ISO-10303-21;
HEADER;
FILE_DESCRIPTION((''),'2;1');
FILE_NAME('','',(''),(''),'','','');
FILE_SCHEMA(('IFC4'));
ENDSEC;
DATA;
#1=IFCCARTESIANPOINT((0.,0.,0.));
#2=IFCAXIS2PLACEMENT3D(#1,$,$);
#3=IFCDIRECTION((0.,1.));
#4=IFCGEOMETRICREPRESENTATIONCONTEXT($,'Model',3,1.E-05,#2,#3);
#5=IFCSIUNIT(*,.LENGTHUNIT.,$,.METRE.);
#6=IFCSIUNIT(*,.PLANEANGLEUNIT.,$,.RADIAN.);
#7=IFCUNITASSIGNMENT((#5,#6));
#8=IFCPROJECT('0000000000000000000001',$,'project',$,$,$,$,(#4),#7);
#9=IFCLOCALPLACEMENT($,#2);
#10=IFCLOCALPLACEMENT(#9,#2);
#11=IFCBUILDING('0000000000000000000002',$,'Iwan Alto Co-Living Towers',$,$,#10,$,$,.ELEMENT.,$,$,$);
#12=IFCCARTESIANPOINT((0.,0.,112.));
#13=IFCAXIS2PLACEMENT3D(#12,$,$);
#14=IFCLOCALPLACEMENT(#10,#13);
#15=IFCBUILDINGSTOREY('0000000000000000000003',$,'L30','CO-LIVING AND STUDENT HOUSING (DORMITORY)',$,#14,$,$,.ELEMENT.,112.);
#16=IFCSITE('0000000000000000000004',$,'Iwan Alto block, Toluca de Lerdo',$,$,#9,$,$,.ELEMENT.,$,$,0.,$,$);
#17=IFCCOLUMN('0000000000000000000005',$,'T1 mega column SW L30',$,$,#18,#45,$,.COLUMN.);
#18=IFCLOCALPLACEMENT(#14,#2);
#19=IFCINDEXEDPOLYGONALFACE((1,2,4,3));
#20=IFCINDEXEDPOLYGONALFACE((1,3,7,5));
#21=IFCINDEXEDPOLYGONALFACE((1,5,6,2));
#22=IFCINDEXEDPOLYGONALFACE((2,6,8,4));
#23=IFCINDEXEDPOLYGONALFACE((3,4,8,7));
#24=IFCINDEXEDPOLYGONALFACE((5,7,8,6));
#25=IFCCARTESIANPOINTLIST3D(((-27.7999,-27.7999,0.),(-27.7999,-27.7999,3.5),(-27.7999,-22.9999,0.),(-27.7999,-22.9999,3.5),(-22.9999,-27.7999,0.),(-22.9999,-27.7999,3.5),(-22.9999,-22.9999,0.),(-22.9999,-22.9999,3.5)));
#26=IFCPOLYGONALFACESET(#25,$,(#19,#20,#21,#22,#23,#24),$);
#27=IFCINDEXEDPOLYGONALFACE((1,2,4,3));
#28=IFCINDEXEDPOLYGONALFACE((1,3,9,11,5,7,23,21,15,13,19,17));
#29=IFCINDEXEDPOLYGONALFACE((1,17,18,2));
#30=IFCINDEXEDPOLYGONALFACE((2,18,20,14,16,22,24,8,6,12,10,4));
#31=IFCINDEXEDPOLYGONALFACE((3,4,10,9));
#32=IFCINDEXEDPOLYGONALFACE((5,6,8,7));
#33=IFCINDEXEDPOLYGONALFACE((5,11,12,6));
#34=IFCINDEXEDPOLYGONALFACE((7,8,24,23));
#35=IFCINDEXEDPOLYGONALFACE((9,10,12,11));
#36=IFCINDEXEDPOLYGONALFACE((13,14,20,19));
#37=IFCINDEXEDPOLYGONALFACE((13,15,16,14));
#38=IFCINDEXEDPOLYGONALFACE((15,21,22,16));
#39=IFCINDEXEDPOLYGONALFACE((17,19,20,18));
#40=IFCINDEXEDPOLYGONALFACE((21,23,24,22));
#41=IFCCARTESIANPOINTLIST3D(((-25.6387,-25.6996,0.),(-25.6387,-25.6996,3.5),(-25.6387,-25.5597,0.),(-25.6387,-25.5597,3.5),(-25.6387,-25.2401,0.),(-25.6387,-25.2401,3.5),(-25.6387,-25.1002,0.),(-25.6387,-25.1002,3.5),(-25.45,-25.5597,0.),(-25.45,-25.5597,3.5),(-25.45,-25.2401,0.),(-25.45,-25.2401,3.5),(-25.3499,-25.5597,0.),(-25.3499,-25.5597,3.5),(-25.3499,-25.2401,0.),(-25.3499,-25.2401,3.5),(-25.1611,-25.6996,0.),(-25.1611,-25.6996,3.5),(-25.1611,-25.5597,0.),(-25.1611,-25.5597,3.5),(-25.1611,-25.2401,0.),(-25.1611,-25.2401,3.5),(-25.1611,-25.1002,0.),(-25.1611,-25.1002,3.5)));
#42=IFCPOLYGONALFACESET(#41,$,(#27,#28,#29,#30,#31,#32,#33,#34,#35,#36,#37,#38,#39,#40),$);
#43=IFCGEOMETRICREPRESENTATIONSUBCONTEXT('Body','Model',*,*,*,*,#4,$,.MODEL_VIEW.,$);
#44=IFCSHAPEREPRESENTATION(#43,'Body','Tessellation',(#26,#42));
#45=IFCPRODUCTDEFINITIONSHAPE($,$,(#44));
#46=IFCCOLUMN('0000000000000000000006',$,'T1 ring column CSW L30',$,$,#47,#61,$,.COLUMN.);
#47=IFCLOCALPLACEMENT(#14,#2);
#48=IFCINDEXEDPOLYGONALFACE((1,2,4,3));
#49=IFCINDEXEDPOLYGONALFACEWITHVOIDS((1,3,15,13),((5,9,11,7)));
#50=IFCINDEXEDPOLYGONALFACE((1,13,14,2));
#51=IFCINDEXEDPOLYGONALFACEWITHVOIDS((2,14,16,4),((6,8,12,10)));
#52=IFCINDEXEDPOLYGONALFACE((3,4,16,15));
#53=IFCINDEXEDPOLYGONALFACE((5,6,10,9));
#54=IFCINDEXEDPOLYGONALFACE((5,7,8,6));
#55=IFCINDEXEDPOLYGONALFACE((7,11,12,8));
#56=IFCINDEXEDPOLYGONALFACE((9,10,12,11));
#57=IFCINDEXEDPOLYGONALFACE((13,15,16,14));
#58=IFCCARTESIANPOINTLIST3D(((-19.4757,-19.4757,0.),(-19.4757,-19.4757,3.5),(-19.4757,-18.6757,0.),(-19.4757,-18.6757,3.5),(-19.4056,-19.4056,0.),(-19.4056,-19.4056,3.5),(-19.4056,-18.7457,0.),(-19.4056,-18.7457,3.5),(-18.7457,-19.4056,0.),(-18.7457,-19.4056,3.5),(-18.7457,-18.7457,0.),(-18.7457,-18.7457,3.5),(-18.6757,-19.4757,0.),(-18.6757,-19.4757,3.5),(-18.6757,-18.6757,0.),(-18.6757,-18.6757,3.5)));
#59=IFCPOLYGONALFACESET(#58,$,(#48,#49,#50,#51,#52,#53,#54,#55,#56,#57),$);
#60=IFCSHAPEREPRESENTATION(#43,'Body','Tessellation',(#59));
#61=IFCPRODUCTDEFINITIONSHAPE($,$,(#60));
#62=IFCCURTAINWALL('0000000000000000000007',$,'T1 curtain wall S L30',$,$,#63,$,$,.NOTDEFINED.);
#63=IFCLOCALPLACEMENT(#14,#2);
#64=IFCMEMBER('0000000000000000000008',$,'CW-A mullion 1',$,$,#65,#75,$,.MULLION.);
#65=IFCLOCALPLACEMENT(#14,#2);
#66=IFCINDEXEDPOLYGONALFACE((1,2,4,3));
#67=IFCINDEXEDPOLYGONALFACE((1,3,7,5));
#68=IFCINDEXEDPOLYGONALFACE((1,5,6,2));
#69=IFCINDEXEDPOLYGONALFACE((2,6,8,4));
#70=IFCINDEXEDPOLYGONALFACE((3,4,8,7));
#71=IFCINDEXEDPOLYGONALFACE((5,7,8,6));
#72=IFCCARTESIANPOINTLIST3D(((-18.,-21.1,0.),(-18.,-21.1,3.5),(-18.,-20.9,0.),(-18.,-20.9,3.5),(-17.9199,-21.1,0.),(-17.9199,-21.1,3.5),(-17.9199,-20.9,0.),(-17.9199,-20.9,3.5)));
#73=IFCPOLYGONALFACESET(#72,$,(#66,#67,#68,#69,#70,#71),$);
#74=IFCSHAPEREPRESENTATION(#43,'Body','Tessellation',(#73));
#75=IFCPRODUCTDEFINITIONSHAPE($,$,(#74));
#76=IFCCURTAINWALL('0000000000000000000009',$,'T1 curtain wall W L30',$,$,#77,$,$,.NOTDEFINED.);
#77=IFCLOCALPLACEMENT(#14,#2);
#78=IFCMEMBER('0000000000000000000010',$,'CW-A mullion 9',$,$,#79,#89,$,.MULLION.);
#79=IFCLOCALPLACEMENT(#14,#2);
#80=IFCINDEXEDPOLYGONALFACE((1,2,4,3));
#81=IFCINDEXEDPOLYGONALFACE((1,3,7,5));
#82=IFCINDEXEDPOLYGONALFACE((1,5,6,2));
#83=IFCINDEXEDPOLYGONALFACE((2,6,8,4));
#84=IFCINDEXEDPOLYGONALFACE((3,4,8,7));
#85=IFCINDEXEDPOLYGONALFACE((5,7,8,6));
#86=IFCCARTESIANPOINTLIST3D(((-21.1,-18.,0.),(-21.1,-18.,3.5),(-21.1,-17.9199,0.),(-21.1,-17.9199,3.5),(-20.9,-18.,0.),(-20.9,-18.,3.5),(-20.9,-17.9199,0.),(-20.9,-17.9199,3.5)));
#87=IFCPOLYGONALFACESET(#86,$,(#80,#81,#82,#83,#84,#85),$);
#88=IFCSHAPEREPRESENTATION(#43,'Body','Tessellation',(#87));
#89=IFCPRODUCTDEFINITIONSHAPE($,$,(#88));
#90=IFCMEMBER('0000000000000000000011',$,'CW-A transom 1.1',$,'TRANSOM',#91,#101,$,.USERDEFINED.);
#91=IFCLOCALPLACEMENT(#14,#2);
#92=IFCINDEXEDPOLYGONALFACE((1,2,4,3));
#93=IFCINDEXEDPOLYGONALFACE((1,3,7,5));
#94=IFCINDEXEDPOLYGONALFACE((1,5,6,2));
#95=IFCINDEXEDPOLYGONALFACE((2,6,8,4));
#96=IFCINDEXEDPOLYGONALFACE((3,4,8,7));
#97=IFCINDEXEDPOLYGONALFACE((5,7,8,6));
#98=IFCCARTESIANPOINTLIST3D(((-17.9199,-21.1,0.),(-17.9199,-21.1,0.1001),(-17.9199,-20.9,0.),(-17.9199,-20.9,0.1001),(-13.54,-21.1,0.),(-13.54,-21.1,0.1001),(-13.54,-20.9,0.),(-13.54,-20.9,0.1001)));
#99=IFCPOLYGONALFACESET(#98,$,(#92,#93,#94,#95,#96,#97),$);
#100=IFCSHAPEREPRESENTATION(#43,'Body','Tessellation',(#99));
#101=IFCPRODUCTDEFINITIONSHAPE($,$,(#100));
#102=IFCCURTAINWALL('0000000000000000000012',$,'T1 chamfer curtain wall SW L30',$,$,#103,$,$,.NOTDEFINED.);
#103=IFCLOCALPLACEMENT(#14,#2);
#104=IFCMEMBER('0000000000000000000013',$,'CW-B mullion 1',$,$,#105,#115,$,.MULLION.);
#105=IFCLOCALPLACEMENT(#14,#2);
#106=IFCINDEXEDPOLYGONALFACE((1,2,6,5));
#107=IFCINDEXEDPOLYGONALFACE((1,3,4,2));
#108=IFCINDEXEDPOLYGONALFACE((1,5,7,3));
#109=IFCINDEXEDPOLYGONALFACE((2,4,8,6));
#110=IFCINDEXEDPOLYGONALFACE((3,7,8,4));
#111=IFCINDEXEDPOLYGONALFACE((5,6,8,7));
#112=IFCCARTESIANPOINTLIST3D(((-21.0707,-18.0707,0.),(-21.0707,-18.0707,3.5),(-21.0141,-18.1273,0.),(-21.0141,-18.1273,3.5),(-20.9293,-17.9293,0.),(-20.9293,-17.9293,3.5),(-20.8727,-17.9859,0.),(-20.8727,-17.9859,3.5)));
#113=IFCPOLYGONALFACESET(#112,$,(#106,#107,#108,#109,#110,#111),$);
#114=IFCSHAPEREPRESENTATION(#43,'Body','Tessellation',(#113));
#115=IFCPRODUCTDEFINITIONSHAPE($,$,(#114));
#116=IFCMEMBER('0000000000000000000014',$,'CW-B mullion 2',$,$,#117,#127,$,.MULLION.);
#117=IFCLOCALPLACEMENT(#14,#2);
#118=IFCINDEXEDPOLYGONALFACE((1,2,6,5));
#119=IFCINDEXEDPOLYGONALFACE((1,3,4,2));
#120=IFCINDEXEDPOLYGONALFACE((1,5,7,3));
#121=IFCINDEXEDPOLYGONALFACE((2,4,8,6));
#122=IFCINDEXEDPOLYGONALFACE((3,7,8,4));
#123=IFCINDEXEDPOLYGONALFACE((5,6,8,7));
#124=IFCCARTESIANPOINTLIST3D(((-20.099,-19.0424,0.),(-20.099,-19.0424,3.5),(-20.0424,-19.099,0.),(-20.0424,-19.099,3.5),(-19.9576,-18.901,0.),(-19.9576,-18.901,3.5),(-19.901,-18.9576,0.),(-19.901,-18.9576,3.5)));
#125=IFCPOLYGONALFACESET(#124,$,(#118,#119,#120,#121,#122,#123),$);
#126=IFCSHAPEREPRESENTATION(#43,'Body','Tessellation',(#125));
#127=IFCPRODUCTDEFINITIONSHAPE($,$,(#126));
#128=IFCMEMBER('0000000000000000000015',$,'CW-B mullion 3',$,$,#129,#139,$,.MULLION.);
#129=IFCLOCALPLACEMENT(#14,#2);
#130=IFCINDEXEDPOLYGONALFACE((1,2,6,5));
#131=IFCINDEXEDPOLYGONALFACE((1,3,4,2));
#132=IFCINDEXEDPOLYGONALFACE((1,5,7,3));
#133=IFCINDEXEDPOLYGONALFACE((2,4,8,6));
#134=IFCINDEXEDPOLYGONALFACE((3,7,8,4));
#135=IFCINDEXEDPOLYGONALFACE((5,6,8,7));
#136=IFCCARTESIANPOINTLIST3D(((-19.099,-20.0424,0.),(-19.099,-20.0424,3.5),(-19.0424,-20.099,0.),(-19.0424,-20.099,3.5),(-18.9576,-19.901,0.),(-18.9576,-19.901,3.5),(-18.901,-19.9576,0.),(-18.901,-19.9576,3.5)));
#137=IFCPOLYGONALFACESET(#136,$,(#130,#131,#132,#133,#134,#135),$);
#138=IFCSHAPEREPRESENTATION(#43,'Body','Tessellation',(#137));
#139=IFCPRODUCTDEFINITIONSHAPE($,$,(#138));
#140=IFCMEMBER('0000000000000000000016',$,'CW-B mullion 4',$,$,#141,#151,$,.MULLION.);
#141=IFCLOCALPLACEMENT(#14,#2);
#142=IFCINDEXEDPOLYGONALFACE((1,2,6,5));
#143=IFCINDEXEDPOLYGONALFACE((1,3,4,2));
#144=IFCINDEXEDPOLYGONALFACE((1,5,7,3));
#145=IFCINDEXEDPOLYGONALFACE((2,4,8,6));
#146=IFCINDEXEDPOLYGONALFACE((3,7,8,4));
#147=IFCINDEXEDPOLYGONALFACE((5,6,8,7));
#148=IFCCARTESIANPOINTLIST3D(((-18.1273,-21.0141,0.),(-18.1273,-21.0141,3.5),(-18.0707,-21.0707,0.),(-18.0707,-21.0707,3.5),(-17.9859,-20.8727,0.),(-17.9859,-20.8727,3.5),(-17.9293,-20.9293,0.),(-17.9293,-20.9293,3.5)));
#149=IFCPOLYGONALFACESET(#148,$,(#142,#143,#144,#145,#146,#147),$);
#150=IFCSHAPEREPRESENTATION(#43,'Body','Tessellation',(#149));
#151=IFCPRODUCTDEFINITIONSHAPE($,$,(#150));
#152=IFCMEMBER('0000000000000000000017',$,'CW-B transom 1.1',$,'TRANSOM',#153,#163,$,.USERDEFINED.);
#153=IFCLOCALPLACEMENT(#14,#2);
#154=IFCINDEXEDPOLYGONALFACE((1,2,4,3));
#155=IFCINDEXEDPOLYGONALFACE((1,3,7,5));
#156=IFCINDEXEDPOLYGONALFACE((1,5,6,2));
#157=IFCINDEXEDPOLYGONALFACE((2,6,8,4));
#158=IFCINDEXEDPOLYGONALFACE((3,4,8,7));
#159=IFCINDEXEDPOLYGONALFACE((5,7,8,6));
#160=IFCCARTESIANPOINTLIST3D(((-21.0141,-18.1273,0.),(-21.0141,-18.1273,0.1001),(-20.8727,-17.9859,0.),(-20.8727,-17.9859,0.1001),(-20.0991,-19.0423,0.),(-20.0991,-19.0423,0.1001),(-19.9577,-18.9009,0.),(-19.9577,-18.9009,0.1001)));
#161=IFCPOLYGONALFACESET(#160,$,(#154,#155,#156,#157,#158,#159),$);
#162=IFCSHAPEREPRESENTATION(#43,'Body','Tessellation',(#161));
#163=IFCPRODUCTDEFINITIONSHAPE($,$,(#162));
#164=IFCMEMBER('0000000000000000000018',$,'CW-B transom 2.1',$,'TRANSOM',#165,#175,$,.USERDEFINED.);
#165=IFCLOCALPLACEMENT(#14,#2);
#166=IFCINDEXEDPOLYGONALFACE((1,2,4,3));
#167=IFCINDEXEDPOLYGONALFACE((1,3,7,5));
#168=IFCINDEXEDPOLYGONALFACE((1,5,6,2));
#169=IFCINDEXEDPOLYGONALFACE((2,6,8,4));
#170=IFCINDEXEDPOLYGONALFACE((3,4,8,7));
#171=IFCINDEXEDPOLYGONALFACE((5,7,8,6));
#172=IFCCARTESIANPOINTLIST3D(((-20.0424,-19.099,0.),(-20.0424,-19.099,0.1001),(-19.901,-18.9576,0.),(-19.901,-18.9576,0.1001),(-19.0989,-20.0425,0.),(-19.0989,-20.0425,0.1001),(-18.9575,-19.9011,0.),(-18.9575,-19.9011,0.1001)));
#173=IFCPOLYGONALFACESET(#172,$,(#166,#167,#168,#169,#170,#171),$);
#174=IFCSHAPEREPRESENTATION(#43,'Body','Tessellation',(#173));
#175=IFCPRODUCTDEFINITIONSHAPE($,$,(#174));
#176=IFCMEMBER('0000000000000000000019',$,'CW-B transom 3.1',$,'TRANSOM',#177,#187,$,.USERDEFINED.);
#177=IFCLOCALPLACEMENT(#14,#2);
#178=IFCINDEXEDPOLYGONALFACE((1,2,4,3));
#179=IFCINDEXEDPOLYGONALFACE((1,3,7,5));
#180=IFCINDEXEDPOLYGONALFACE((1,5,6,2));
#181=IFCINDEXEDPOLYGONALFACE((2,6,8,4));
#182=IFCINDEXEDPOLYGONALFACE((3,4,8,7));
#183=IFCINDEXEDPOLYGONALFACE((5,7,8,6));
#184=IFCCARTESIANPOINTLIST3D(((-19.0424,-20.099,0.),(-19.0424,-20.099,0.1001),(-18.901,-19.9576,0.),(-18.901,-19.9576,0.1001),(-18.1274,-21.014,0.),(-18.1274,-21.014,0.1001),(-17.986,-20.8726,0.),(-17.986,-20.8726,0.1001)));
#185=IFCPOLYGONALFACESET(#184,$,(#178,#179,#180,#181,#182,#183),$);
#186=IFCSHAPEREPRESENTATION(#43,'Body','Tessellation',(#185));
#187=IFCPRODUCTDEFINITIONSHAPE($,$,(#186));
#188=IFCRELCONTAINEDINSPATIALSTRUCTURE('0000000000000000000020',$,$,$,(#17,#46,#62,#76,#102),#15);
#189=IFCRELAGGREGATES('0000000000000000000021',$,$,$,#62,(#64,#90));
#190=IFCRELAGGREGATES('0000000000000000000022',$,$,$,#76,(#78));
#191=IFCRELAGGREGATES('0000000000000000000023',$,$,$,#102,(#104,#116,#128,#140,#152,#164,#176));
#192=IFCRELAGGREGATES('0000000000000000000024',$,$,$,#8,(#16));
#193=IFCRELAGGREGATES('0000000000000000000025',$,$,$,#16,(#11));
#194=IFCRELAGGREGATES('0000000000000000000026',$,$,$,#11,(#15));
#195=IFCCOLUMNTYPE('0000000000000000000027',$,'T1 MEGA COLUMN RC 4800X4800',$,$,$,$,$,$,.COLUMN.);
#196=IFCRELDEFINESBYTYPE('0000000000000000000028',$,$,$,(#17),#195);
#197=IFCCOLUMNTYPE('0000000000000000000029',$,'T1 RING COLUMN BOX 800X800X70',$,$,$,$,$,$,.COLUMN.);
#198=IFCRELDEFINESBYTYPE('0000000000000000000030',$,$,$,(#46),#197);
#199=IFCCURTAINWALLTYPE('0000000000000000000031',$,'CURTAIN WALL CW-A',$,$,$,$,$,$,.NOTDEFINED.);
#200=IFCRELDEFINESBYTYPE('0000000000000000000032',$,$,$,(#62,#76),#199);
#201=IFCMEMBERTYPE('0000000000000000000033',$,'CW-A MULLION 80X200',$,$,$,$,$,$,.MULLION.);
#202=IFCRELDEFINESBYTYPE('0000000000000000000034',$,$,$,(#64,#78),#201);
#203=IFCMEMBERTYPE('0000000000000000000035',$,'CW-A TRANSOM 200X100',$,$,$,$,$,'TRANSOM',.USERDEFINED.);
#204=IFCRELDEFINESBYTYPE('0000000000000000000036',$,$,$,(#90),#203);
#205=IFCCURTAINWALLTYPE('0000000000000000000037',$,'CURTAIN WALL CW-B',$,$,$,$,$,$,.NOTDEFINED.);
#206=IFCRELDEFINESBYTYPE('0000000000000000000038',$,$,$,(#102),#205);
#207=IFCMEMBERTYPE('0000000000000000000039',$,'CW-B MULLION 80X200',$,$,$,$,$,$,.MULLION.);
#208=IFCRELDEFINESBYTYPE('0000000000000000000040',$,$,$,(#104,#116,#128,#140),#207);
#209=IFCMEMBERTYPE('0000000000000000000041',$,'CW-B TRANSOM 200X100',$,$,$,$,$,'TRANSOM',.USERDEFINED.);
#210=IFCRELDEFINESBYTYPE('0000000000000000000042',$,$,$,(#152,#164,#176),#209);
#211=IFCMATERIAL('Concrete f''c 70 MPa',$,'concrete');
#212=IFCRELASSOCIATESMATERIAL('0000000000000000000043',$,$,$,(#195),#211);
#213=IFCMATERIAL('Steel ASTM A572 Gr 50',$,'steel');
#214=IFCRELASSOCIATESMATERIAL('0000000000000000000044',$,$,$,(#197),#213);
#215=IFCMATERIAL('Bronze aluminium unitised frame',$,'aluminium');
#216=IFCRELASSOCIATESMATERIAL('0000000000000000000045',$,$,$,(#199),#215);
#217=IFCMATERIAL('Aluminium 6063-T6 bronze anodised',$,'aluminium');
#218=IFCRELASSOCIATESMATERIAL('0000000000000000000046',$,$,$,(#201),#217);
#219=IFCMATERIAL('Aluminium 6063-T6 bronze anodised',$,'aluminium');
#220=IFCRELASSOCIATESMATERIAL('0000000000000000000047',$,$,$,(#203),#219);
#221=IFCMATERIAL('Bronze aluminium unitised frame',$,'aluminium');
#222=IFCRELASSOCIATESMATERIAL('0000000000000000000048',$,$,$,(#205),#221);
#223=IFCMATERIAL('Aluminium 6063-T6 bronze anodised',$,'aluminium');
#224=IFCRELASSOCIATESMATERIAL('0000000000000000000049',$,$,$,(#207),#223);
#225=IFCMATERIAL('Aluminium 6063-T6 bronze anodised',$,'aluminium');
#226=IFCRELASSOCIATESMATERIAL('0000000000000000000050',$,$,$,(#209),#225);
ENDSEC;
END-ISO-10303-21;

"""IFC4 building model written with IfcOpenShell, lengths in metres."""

from ifc_helpers import new_model, si_unit, direction, frame, origin, origin_2d, place, context, subcontext, project, spatial, rectangle, hollow_rectangle, i_section, extrude, material, material_profile, profile_set, type_object, element, aggregate, save


model = new_model("IFC4")

# Units and contexts
model_context = context("Model", 3, precision=1e-05, world=origin(), true_north=direction((0.0, 1.0)))
body_context = subcontext(model_context, "Body", "Model", "MODEL_VIEW")
ifc_project = project(units=[si_unit("LENGTHUNIT", "METRE"), si_unit("PLANEANGLEUNIT", "RADIAN")], contexts=[model_context])

# Site, building, storey
site_placement = place(None, origin())
site = spatial("IfcSite", under=ifc_project, at=site_placement, Name="Iwan Alto block, Toluca de Lerdo", CompositionType="ELEMENT", RefElevation=0.0)
building_placement = place(site_placement, origin())
building = spatial("IfcBuilding", under=site, at=building_placement, Name="Iwan Alto Co-Living Towers", CompositionType="ELEMENT")
storey_placement = place(building_placement, frame((0.0, 0.0, 112.0)))
storey = spatial("IfcBuildingStorey", under=building, at=storey_placement, Name="L30", Description="CO-LIVING AND STUDENT HOUSING (DORMITORY)", CompositionType="ELEMENT", Elevation=112.0)

# Columns
ifc_material_1 = material(Name="Concrete f'c 70 MPa", Category="concrete")
ifc_material_profile_1 = material_profile(ifc_material_1, rectangle(XDim=4.8, YDim=4.8, at=origin_2d()), Name="RC 4800X4800")
ifc_profile_set_1 = profile_set([ifc_material_profile_1], Name="Concrete f'c 70 MPa")
column_type_1 = type_object("IfcColumnType", Name="T1 MEGA COLUMN RC 4800X4800", PredefinedType="COLUMN", material=ifc_profile_set_1)
column_1_placement = place(storey_placement, frame((-25.3999, -25.3999, 0.0), z_axis=(0.0, 0.0, 1.0), x_axis=(1.0, 0.0, 0.0)))
element("IfcColumn", 1, at=column_1_placement, inside=storey, type_object=column_type_1, Name="T1 mega column SW L30", PredefinedType="COLUMN", context=body_context, shape_type="SweptSolid", body=[
    extrude(rectangle(XDim=4.8, YDim=4.8, at=origin_2d()), origin(), (0.0, 0.0, 1.0), 3.5),
    extrude(i_section(OverallWidth=0.4775, OverallDepth=0.5994, WebThickness=0.1001, FlangeThickness=0.1399, at=origin_2d()), origin(), (0.0, 0.0, 1.0), 3.5),
])
ifc_material_2 = material(Name="Steel ASTM A572 Gr 50", Category="steel")
ifc_material_profile_2 = material_profile(ifc_material_2, hollow_rectangle(XDim=0.8, YDim=0.8, WallThickness=0.0701, at=origin_2d()), Name="BOX 800X800X70")
ifc_profile_set_2 = profile_set([ifc_material_profile_2], Name="Steel ASTM A572 Gr 50")
column_type_2 = type_object("IfcColumnType", Name="T1 RING COLUMN BOX 800X800X70", PredefinedType="COLUMN", material=ifc_profile_set_2)
column_2_placement = place(storey_placement, frame((-19.0757, -19.0757, 0.0), z_axis=(0.0, 0.0, 1.0), x_axis=(1.0, 0.0, 0.0)))
element("IfcColumn", 2, at=column_2_placement, inside=storey, type_object=column_type_2, Name="T1 ring column CSW L30", PredefinedType="COLUMN", context=body_context, shape_type="SweptSolid", body=[
    extrude(hollow_rectangle(XDim=0.8, YDim=0.8, WallThickness=0.0701, at=origin_2d()), origin(), (0.0, 0.0, 1.0), 3.5),
])

# Curtain walls, members
ifc_material_3 = material(Name="Bronze aluminium unitised frame", Category="aluminium")
curtain_wall_type_1 = type_object("IfcCurtainWallType", Name="CURTAIN WALL CW-A", PredefinedType="NOTDEFINED", material=ifc_material_3)
curtain_wall_1_placement = place(storey_placement, origin())
curtain_wall_1 = element("IfcCurtainWall", 3, at=curtain_wall_1_placement, inside=storey, type_object=curtain_wall_type_1, Name="T1 curtain wall S L30", PredefinedType="NOTDEFINED")
ifc_material_4 = material(Name="Aluminium 6063-T6 bronze anodised", Category="aluminium")
ifc_material_profile_3 = material_profile(ifc_material_4, rectangle(XDim=0.2, YDim=0.0801, at=origin_2d()), Name="AL 80X200")
ifc_profile_set_3 = profile_set([ifc_material_profile_3], Name="Aluminium 6063-T6 bronze anodised")
member_type_1 = type_object("IfcMemberType", Name="CW-A MULLION 80X200", PredefinedType="MULLION", material=ifc_profile_set_3)
member_1_placement = place(storey_placement, frame((-17.96, -21.0, 0.0), z_axis=(0.0, 0.0, 1.0), x_axis=(0.0, 1.0, 0.0)))
member_1 = element("IfcMember", 4, at=member_1_placement, type_object=member_type_1, Name="CW-A mullion 1", PredefinedType="MULLION", context=body_context, shape_type="SweptSolid", body=[
    extrude(rectangle(XDim=0.2, YDim=0.0801, at=origin_2d()), origin(), (0.0, 0.0, 1.0), 3.5),
])
curtain_wall_2_placement = place(storey_placement, origin())
curtain_wall_2 = element("IfcCurtainWall", 5, at=curtain_wall_2_placement, inside=storey, type_object=curtain_wall_type_1, Name="T1 curtain wall W L30", PredefinedType="NOTDEFINED")
member_2_placement = place(storey_placement, frame((-21.0, -17.96, 0.0), z_axis=(0.0, 0.0, 1.0), x_axis=(1.0, 0.0, 0.0)))
member_2 = element("IfcMember", 6, at=member_2_placement, type_object=member_type_1, Name="CW-A mullion 9", PredefinedType="MULLION", context=body_context, shape_type="SweptSolid", body=[
    extrude(rectangle(XDim=0.2, YDim=0.0801, at=origin_2d()), origin(), (0.0, 0.0, 1.0), 3.5),
])

# Member
ifc_material_5 = material(Name="Aluminium 6063-T6 bronze anodised", Category="aluminium")
ifc_material_profile_4 = material_profile(ifc_material_5, rectangle(XDim=0.2, YDim=0.1001, at=origin_2d()), Name="AL 200X100")
ifc_profile_set_4 = profile_set([ifc_material_profile_4], Name="Aluminium 6063-T6 bronze anodised")
member_type_2 = type_object("IfcMemberType", Name="CW-A TRANSOM 200X100", ElementType="TRANSOM", PredefinedType="USERDEFINED", material=ifc_profile_set_4)
member_3_placement = place(storey_placement, frame((-17.9199, -21.0, 0.05), z_axis=(1.0, 0.0, 0.0), x_axis=(0.0, 1.0, 0.0)))
member_3 = element("IfcMember", 7, at=member_3_placement, type_object=member_type_2, Name="CW-A transom 1.1", ObjectType="TRANSOM", PredefinedType="USERDEFINED", context=body_context, shape_type="SweptSolid", body=[
    extrude(rectangle(XDim=0.2, YDim=0.1001, at=origin_2d()), origin(), (0.0, 0.0, 1.0), 4.3799),
])
aggregate(curtain_wall_1, [member_1, member_3])

# Curtain wall, members
ifc_material_6 = material(Name="Bronze aluminium unitised frame", Category="aluminium")
curtain_wall_type_2 = type_object("IfcCurtainWallType", Name="CURTAIN WALL CW-B", PredefinedType="NOTDEFINED", material=ifc_material_6)
curtain_wall_3_placement = place(storey_placement, origin())
curtain_wall_3 = element("IfcCurtainWall", 8, at=curtain_wall_3_placement, inside=storey, type_object=curtain_wall_type_2, Name="T1 chamfer curtain wall SW L30", PredefinedType="NOTDEFINED")
ifc_material_7 = material(Name="Aluminium 6063-T6 bronze anodised", Category="aluminium")
ifc_material_profile_5 = material_profile(ifc_material_7, rectangle(XDim=0.2, YDim=0.0801, at=origin_2d()), Name="AL 80X200")
ifc_profile_set_5 = profile_set([ifc_material_profile_5], Name="Aluminium 6063-T6 bronze anodised")
member_type_3 = type_object("IfcMemberType", Name="CW-B MULLION 80X200", PredefinedType="MULLION", material=ifc_profile_set_5)
member_4_placement = place(storey_placement, frame((-20.9717, -18.0283, 0.0), z_axis=(0.0, 0.0, 1.0), x_axis=(0.707107, 0.707107, 0.0)))
member_4 = element("IfcMember", 9, at=member_4_placement, type_object=member_type_3, Name="CW-B mullion 1", PredefinedType="MULLION", context=body_context, shape_type="SweptSolid", body=[
    extrude(rectangle(XDim=0.2, YDim=0.0801, at=origin_2d()), origin(), (0.0, 0.0, 1.0), 3.5),
])
member_5_placement = place(storey_placement, frame((-20.0, -19.0, 0.0), z_axis=(0.0, 0.0, 1.0), x_axis=(0.707107, 0.707107, 0.0)))
member_5 = element("IfcMember", 10, at=member_5_placement, type_object=member_type_3, Name="CW-B mullion 2", PredefinedType="MULLION", context=body_context, shape_type="SweptSolid", body=[
    extrude(rectangle(XDim=0.2, YDim=0.0801, at=origin_2d()), origin(), (0.0, 0.0, 1.0), 3.5),
])
member_6_placement = place(storey_placement, frame((-19.0, -20.0, 0.0), z_axis=(0.0, 0.0, 1.0), x_axis=(0.707107, 0.707107, 0.0)))
member_6 = element("IfcMember", 11, at=member_6_placement, type_object=member_type_3, Name="CW-B mullion 3", PredefinedType="MULLION", context=body_context, shape_type="SweptSolid", body=[
    extrude(rectangle(XDim=0.2, YDim=0.0801, at=origin_2d()), origin(), (0.0, 0.0, 1.0), 3.5),
])
member_7_placement = place(storey_placement, frame((-18.0283, -20.9717, 0.0), z_axis=(0.0, 0.0, 1.0), x_axis=(0.707107, 0.707107, 0.0)))
member_7 = element("IfcMember", 12, at=member_7_placement, type_object=member_type_3, Name="CW-B mullion 4", PredefinedType="MULLION", context=body_context, shape_type="SweptSolid", body=[
    extrude(rectangle(XDim=0.2, YDim=0.0801, at=origin_2d()), origin(), (0.0, 0.0, 1.0), 3.5),
])
ifc_material_8 = material(Name="Aluminium 6063-T6 bronze anodised", Category="aluminium")
ifc_material_profile_6 = material_profile(ifc_material_8, rectangle(XDim=0.2, YDim=0.1001, at=origin_2d()), Name="AL 200X100")
ifc_profile_set_6 = profile_set([ifc_material_profile_6], Name="Aluminium 6063-T6 bronze anodised")
member_type_4 = type_object("IfcMemberType", Name="CW-B TRANSOM 200X100", ElementType="TRANSOM", PredefinedType="USERDEFINED", material=ifc_profile_set_6)
member_8_placement = place(storey_placement, frame((-20.9434, -18.0566, 0.05), z_axis=(0.707107, -0.707107, 0.0), x_axis=(0.707107, 0.707107, 0.0)))
member_8 = element("IfcMember", 13, at=member_8_placement, type_object=member_type_4, Name="CW-B transom 1.1", ObjectType="TRANSOM", PredefinedType="USERDEFINED", context=body_context, shape_type="SweptSolid", body=[
    extrude(rectangle(XDim=0.2, YDim=0.1001, at=origin_2d()), origin(), (0.0, 0.0, 1.0), 1.2939),
])
member_9_placement = place(storey_placement, frame((-19.9717, -19.0283, 0.05), z_axis=(0.707107, -0.707107, 0.0), x_axis=(0.707107, 0.707107, 0.0)))
member_9 = element("IfcMember", 14, at=member_9_placement, type_object=member_type_4, Name="CW-B transom 2.1", ObjectType="TRANSOM", PredefinedType="USERDEFINED", context=body_context, shape_type="SweptSolid", body=[
    extrude(rectangle(XDim=0.2, YDim=0.1001, at=origin_2d()), origin(), (0.0, 0.0, 1.0), 1.3342),
])
member_10_placement = place(storey_placement, frame((-18.9717, -20.0283, 0.05), z_axis=(0.707107, -0.707107, 0.0), x_axis=(0.707107, 0.707107, 0.0)))
member_10 = element("IfcMember", 15, at=member_10_placement, type_object=member_type_4, Name="CW-B transom 3.1", ObjectType="TRANSOM", PredefinedType="USERDEFINED", context=body_context, shape_type="SweptSolid", body=[
    extrude(rectangle(XDim=0.2, YDim=0.1001, at=origin_2d()), origin(), (0.0, 0.0, 1.0), 1.2939),
])

aggregate(curtain_wall_2, [member_2])
aggregate(curtain_wall_3, [member_4, member_5, member_6, member_7, member_8, member_9, member_10])

save(model, "model.ifc")
